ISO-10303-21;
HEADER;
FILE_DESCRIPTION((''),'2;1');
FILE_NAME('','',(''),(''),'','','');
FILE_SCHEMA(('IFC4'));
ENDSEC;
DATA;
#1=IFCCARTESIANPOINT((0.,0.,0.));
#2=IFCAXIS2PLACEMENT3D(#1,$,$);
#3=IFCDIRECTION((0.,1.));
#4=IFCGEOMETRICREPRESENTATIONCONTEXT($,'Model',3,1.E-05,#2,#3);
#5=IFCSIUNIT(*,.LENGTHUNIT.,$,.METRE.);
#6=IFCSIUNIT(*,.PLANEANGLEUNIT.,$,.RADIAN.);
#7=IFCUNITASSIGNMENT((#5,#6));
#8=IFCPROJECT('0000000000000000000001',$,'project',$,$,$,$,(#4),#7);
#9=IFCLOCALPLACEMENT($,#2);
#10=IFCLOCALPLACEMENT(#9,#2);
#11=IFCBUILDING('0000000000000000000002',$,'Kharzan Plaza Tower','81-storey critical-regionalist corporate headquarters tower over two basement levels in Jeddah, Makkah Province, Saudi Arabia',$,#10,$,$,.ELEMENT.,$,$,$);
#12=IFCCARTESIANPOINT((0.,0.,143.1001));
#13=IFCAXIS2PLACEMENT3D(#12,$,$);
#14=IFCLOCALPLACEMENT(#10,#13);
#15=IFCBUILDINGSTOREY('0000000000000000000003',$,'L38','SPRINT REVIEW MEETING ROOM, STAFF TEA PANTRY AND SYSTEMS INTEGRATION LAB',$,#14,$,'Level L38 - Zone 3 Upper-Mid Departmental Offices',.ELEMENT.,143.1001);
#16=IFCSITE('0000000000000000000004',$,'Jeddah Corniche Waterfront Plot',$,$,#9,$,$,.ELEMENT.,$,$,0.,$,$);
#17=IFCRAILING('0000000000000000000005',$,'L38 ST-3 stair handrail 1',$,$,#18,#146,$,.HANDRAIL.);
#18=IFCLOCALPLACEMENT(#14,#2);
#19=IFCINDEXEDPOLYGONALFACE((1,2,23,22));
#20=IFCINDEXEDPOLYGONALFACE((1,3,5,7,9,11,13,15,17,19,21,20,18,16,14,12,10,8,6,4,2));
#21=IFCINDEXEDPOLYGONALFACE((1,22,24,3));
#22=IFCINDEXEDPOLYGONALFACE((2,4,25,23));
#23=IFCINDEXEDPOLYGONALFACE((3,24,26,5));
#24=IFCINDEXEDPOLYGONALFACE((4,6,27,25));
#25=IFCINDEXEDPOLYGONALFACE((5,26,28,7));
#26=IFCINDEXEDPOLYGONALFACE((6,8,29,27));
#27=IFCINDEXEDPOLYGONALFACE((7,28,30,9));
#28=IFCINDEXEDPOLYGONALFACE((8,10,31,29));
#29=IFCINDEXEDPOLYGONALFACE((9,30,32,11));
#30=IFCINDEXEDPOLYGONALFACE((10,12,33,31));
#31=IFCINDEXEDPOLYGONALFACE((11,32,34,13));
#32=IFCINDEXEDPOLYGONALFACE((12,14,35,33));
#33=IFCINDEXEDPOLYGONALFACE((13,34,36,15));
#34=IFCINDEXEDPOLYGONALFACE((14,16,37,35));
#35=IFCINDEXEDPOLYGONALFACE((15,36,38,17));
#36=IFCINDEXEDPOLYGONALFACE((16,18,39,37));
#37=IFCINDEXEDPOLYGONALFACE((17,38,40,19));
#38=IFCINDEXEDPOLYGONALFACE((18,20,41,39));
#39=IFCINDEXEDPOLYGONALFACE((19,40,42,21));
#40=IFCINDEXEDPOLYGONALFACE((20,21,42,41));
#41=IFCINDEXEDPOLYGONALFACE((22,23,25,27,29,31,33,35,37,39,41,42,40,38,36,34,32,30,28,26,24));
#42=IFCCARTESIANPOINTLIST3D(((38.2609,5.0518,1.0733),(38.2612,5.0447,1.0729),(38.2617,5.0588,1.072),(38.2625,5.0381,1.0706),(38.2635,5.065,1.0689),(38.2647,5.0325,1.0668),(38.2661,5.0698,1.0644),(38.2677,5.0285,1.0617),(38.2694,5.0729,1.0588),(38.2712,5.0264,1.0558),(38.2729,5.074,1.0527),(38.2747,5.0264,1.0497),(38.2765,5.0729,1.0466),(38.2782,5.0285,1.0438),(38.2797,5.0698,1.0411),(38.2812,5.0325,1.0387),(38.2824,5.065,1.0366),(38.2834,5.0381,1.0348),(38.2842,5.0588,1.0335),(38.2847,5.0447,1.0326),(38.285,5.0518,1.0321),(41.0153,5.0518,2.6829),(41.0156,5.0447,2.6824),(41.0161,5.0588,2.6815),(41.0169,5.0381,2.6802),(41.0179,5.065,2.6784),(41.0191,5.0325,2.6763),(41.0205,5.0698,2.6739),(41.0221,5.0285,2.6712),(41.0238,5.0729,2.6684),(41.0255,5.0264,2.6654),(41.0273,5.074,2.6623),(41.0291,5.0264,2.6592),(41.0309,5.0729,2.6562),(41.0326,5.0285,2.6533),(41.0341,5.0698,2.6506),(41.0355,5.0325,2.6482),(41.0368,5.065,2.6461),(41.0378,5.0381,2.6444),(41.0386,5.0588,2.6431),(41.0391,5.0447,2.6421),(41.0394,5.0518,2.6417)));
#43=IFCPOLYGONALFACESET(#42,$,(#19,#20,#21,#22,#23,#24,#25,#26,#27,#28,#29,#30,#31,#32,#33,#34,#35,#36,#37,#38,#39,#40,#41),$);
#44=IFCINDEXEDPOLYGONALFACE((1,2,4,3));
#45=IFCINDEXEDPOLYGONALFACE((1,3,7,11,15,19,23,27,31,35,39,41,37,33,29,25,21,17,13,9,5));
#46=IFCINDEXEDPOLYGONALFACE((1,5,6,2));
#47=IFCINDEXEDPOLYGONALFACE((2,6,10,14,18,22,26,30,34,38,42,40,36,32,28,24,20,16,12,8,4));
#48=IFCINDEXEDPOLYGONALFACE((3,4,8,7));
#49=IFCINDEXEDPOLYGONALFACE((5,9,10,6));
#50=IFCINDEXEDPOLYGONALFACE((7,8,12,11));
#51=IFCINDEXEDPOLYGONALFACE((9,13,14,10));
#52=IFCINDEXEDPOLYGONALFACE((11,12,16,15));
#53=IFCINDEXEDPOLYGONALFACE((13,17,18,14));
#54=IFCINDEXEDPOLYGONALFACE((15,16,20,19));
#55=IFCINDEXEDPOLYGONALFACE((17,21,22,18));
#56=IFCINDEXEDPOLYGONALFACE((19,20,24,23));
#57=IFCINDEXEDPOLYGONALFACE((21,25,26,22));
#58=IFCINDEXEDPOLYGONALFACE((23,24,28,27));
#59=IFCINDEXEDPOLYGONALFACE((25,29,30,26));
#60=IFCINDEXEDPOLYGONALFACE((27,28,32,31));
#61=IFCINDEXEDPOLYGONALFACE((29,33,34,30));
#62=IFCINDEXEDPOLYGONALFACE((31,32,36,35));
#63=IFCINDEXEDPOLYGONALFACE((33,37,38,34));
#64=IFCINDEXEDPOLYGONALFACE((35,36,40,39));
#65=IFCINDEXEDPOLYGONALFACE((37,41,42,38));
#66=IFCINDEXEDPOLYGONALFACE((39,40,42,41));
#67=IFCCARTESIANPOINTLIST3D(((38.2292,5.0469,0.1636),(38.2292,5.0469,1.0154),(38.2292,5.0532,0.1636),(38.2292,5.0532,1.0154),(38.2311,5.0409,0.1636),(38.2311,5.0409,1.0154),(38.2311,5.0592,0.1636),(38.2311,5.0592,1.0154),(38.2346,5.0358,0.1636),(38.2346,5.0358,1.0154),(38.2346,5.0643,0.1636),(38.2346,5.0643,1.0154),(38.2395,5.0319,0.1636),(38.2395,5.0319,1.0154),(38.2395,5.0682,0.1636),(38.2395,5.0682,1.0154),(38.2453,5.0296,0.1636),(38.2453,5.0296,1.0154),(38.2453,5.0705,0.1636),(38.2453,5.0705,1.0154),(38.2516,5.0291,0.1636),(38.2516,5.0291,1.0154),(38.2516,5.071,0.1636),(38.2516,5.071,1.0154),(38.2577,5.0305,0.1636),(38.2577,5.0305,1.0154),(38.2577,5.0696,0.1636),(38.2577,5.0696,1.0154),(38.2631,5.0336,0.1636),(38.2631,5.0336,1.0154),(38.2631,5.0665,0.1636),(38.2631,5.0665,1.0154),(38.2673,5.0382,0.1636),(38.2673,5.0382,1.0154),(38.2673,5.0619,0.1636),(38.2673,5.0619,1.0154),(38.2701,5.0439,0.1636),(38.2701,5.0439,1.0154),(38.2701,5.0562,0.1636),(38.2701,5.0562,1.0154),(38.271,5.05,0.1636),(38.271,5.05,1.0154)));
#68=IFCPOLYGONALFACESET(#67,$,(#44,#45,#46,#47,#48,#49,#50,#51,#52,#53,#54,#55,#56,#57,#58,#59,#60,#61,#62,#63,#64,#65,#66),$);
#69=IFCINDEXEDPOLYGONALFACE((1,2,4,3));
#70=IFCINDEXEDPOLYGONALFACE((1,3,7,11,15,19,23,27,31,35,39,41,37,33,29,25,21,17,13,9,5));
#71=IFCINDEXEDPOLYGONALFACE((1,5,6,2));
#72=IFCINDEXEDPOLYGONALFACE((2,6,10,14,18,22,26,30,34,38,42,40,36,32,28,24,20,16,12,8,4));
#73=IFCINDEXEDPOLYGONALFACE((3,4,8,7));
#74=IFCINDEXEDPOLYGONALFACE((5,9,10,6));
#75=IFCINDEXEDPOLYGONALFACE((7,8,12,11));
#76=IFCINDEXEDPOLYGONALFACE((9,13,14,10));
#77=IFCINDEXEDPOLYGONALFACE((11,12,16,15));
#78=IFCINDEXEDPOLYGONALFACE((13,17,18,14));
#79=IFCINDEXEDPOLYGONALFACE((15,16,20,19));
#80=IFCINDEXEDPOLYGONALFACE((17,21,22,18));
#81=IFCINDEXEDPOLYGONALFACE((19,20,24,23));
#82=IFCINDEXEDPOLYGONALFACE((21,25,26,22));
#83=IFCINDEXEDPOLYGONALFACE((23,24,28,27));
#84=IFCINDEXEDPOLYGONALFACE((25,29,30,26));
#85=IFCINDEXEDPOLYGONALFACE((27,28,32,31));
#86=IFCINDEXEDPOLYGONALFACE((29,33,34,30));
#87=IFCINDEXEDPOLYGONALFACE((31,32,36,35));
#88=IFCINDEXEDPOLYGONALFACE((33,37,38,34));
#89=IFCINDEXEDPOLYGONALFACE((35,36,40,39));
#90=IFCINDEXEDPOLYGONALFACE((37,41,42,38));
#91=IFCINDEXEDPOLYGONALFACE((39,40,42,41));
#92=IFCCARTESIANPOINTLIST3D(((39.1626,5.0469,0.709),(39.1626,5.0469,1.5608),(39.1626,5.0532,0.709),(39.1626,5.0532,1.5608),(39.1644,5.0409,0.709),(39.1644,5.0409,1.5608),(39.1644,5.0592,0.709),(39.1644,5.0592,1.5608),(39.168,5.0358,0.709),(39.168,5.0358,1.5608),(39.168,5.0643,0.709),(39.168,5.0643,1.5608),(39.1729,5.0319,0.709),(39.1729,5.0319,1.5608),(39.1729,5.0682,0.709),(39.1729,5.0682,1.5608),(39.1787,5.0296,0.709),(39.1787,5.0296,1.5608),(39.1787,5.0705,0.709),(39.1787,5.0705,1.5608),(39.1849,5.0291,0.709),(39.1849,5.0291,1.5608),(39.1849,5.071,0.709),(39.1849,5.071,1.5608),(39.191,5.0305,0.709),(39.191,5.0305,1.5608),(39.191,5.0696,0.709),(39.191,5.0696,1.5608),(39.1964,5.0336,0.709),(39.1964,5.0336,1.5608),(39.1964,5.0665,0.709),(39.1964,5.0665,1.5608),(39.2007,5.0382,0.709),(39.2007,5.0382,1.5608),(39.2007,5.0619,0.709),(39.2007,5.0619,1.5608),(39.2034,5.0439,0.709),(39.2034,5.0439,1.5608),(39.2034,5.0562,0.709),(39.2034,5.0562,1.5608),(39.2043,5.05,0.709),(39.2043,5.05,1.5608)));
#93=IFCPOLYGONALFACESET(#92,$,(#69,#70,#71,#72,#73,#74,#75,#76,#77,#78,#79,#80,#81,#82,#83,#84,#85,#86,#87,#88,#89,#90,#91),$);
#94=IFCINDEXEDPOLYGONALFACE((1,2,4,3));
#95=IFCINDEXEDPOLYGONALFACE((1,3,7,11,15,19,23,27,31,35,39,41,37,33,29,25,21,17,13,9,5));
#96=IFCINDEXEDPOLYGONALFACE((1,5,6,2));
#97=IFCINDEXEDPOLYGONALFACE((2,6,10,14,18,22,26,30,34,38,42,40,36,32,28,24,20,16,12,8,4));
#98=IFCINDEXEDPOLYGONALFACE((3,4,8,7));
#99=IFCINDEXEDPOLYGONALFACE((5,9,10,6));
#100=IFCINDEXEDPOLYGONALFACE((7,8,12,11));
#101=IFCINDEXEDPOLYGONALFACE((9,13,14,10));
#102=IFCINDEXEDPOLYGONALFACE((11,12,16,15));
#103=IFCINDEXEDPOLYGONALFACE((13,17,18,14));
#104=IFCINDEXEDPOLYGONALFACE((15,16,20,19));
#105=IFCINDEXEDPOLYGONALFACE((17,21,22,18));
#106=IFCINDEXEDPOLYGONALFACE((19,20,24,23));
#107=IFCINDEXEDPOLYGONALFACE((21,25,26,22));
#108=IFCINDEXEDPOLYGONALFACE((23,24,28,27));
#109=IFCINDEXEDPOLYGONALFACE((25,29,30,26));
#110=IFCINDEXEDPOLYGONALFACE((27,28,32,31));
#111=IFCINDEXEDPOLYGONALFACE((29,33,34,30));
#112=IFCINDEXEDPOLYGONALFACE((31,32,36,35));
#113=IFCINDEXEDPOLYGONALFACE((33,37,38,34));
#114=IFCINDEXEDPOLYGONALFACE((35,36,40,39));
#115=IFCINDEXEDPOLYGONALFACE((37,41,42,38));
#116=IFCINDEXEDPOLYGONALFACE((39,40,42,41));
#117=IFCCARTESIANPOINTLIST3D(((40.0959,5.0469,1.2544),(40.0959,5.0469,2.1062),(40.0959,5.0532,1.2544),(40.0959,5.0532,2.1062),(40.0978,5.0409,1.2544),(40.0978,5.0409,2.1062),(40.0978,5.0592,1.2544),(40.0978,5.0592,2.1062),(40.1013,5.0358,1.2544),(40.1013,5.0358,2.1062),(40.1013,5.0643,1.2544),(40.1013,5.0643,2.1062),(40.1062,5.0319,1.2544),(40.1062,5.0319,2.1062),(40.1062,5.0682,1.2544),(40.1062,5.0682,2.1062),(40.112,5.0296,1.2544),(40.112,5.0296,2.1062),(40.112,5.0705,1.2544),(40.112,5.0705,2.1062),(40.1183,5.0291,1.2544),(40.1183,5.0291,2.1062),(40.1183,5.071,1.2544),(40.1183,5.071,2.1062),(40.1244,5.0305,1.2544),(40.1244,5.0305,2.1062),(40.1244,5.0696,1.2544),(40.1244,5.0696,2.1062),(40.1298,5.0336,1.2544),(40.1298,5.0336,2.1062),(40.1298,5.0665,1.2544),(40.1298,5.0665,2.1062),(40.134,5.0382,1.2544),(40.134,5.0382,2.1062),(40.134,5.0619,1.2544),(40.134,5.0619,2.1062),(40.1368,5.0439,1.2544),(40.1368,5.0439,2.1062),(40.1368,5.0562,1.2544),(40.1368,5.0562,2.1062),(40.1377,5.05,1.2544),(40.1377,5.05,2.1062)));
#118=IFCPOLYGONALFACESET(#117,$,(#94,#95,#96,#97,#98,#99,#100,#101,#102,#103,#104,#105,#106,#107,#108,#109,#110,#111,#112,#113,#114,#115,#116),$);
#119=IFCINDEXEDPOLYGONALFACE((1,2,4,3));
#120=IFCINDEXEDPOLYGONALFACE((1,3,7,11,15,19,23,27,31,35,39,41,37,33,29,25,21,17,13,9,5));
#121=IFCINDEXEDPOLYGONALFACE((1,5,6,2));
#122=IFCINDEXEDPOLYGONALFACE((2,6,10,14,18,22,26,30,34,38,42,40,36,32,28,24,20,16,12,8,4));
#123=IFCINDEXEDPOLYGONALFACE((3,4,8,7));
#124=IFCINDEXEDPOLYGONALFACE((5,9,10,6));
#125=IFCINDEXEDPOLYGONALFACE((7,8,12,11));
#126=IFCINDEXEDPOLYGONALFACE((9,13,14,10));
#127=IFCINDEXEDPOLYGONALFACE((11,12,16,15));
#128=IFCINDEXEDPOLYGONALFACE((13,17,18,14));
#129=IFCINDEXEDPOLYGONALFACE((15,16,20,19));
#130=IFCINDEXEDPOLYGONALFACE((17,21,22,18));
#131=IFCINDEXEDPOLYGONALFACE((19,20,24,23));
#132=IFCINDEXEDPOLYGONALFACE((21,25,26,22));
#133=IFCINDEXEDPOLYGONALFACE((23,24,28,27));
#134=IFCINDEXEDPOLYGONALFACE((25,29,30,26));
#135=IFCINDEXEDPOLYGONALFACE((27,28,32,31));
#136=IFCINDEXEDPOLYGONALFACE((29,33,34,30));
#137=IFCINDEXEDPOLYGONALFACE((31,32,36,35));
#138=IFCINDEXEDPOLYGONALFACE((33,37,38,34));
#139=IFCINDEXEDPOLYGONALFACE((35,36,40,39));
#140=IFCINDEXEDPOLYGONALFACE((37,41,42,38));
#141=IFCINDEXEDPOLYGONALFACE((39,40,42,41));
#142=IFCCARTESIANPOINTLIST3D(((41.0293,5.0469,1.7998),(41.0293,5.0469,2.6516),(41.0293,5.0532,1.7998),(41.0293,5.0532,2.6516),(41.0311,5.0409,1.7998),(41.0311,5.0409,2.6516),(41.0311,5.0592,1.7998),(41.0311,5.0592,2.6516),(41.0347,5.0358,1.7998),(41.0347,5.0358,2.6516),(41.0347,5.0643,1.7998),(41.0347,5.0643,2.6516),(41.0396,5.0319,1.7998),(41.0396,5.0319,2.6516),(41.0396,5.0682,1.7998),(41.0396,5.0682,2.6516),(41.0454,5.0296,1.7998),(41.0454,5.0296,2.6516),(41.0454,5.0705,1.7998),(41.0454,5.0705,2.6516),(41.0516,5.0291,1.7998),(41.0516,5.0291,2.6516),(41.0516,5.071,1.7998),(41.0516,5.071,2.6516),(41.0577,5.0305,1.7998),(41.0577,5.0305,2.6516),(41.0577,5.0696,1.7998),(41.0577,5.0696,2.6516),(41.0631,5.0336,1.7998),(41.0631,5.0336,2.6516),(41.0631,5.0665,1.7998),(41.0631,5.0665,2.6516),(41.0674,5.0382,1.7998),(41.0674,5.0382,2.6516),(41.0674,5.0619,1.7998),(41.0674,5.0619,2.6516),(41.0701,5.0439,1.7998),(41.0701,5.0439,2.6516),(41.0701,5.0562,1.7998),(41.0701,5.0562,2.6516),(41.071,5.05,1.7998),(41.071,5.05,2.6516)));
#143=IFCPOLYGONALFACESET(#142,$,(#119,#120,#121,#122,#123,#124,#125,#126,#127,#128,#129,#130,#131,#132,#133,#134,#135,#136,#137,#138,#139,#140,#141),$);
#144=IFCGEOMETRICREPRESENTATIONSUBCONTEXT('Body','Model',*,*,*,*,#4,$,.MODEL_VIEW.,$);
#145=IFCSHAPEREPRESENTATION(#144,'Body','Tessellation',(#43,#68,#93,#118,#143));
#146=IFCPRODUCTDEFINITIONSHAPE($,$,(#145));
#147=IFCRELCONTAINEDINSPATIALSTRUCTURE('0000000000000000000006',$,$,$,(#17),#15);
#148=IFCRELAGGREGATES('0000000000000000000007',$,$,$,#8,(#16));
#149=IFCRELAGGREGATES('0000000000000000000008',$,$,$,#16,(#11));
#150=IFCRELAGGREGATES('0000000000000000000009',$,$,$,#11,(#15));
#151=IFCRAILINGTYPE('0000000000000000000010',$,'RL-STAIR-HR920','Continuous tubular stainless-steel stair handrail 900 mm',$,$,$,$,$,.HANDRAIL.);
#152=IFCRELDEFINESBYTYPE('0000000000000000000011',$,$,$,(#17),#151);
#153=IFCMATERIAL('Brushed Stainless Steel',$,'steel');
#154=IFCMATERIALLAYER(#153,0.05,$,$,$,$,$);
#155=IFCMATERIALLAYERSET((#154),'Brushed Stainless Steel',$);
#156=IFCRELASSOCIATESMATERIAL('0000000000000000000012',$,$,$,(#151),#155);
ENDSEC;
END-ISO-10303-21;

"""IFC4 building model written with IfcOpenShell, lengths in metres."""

from ifc_helpers import new_model, si_unit, direction, frame, origin, origin_2d, place, context, subcontext, project, spatial, circle, extrude, source, transform, mapped, material, layer, layer_set, type_object, element, save


model = new_model("IFC4")

# Units and contexts
model_context = context("Model", 3, precision=1e-05, world=origin(), true_north=direction((0.0, 1.0)))
body_context = subcontext(model_context, "Body", "Model", "MODEL_VIEW")
ifc_project = project(units=[si_unit("LENGTHUNIT", "METRE"), si_unit("PLANEANGLEUNIT", "RADIAN")], contexts=[model_context])

# Site, building, storey
site_placement = place(None, origin())
site = spatial("IfcSite", under=ifc_project, at=site_placement, Name="Jeddah Corniche Waterfront Plot", CompositionType="ELEMENT", RefElevation=0.0)
building_placement = place(site_placement, origin())
building = spatial("IfcBuilding", under=site, at=building_placement, Name="Kharzan Plaza Tower", Description="81-storey critical-regionalist corporate headquarters tower over two basement levels in Jeddah, Makkah Province, Saudi Arabia", CompositionType="ELEMENT")
storey_placement = place(building_placement, frame((0.0, 0.0, 143.1001)))
storey = spatial("IfcBuildingStorey", under=building, at=storey_placement, Name="L38", Description="SPRINT REVIEW MEETING ROOM, STAFF TEA PANTRY AND SYSTEMS INTEGRATION LAB", LongName="Level L38 - Zone 3 Upper-Mid Departmental Offices", CompositionType="ELEMENT", Elevation=143.1001)

# Railing
ifc_material_1 = material(Name="Brushed Stainless Steel", Category="steel")
ifc_layer_1 = layer(ifc_material_1, 0.05)
ifc_layer_set_1 = layer_set([ifc_layer_1], Name="Brushed Stainless Steel")
railing_type_1 = type_object("IfcRailingType", Name="RL-STAIR-HR920", Description="Continuous tubular stainless-steel stair handrail 900 mm", PredefinedType="HANDRAIL", material=ifc_layer_set_1)
shared_shape_1 = source(origin(), body_context, "Body", "SweptSolid", [
    extrude(circle(Radius=0.0239, at=origin_2d()), frame((0.0229, 0.0, 0.8892), z_axis=(0.863394, 0.0, 0.504531), x_axis=(0.0, 1.0, 0.0)), (0.0, 0.0, 1.0), 3.1902),
    extrude(circle(Radius=0.021, at=origin_2d()), origin(), (0.0, 0.0, 1.0), 0.8518),
    extrude(circle(Radius=0.021, at=origin_2d()), frame((0.9333, 0.0, 0.5454)), (0.0, 0.0, 1.0), 0.8518),
    extrude(circle(Radius=0.021, at=origin_2d()), frame((1.8667, 0.0, 1.0908)), (0.0, 0.0, 1.0), 0.8518),
    extrude(circle(Radius=0.021, at=origin_2d()), frame((2.8, 0.0, 1.6362)), (0.0, 0.0, 1.0), 0.8518),
])
railing_1_placement = place(storey_placement, frame((38.25, 5.05, 0.1636)))
element("IfcRailing", 1, at=railing_1_placement, inside=storey, type_object=railing_type_1, Name="L38 ST-3 stair handrail 1", PredefinedType="HANDRAIL", context=body_context, shape_type="MappedRepresentation", body=[
    mapped(shared_shape_1, transform((0.0, 0.0, 0.0), x_axis=(1.0, 0.0, 0.0), y_axis=(0.0, 1.0, 0.0), z_axis=(0.0, 0.0, 1.0))),
])

save(model, "model.ifc")
